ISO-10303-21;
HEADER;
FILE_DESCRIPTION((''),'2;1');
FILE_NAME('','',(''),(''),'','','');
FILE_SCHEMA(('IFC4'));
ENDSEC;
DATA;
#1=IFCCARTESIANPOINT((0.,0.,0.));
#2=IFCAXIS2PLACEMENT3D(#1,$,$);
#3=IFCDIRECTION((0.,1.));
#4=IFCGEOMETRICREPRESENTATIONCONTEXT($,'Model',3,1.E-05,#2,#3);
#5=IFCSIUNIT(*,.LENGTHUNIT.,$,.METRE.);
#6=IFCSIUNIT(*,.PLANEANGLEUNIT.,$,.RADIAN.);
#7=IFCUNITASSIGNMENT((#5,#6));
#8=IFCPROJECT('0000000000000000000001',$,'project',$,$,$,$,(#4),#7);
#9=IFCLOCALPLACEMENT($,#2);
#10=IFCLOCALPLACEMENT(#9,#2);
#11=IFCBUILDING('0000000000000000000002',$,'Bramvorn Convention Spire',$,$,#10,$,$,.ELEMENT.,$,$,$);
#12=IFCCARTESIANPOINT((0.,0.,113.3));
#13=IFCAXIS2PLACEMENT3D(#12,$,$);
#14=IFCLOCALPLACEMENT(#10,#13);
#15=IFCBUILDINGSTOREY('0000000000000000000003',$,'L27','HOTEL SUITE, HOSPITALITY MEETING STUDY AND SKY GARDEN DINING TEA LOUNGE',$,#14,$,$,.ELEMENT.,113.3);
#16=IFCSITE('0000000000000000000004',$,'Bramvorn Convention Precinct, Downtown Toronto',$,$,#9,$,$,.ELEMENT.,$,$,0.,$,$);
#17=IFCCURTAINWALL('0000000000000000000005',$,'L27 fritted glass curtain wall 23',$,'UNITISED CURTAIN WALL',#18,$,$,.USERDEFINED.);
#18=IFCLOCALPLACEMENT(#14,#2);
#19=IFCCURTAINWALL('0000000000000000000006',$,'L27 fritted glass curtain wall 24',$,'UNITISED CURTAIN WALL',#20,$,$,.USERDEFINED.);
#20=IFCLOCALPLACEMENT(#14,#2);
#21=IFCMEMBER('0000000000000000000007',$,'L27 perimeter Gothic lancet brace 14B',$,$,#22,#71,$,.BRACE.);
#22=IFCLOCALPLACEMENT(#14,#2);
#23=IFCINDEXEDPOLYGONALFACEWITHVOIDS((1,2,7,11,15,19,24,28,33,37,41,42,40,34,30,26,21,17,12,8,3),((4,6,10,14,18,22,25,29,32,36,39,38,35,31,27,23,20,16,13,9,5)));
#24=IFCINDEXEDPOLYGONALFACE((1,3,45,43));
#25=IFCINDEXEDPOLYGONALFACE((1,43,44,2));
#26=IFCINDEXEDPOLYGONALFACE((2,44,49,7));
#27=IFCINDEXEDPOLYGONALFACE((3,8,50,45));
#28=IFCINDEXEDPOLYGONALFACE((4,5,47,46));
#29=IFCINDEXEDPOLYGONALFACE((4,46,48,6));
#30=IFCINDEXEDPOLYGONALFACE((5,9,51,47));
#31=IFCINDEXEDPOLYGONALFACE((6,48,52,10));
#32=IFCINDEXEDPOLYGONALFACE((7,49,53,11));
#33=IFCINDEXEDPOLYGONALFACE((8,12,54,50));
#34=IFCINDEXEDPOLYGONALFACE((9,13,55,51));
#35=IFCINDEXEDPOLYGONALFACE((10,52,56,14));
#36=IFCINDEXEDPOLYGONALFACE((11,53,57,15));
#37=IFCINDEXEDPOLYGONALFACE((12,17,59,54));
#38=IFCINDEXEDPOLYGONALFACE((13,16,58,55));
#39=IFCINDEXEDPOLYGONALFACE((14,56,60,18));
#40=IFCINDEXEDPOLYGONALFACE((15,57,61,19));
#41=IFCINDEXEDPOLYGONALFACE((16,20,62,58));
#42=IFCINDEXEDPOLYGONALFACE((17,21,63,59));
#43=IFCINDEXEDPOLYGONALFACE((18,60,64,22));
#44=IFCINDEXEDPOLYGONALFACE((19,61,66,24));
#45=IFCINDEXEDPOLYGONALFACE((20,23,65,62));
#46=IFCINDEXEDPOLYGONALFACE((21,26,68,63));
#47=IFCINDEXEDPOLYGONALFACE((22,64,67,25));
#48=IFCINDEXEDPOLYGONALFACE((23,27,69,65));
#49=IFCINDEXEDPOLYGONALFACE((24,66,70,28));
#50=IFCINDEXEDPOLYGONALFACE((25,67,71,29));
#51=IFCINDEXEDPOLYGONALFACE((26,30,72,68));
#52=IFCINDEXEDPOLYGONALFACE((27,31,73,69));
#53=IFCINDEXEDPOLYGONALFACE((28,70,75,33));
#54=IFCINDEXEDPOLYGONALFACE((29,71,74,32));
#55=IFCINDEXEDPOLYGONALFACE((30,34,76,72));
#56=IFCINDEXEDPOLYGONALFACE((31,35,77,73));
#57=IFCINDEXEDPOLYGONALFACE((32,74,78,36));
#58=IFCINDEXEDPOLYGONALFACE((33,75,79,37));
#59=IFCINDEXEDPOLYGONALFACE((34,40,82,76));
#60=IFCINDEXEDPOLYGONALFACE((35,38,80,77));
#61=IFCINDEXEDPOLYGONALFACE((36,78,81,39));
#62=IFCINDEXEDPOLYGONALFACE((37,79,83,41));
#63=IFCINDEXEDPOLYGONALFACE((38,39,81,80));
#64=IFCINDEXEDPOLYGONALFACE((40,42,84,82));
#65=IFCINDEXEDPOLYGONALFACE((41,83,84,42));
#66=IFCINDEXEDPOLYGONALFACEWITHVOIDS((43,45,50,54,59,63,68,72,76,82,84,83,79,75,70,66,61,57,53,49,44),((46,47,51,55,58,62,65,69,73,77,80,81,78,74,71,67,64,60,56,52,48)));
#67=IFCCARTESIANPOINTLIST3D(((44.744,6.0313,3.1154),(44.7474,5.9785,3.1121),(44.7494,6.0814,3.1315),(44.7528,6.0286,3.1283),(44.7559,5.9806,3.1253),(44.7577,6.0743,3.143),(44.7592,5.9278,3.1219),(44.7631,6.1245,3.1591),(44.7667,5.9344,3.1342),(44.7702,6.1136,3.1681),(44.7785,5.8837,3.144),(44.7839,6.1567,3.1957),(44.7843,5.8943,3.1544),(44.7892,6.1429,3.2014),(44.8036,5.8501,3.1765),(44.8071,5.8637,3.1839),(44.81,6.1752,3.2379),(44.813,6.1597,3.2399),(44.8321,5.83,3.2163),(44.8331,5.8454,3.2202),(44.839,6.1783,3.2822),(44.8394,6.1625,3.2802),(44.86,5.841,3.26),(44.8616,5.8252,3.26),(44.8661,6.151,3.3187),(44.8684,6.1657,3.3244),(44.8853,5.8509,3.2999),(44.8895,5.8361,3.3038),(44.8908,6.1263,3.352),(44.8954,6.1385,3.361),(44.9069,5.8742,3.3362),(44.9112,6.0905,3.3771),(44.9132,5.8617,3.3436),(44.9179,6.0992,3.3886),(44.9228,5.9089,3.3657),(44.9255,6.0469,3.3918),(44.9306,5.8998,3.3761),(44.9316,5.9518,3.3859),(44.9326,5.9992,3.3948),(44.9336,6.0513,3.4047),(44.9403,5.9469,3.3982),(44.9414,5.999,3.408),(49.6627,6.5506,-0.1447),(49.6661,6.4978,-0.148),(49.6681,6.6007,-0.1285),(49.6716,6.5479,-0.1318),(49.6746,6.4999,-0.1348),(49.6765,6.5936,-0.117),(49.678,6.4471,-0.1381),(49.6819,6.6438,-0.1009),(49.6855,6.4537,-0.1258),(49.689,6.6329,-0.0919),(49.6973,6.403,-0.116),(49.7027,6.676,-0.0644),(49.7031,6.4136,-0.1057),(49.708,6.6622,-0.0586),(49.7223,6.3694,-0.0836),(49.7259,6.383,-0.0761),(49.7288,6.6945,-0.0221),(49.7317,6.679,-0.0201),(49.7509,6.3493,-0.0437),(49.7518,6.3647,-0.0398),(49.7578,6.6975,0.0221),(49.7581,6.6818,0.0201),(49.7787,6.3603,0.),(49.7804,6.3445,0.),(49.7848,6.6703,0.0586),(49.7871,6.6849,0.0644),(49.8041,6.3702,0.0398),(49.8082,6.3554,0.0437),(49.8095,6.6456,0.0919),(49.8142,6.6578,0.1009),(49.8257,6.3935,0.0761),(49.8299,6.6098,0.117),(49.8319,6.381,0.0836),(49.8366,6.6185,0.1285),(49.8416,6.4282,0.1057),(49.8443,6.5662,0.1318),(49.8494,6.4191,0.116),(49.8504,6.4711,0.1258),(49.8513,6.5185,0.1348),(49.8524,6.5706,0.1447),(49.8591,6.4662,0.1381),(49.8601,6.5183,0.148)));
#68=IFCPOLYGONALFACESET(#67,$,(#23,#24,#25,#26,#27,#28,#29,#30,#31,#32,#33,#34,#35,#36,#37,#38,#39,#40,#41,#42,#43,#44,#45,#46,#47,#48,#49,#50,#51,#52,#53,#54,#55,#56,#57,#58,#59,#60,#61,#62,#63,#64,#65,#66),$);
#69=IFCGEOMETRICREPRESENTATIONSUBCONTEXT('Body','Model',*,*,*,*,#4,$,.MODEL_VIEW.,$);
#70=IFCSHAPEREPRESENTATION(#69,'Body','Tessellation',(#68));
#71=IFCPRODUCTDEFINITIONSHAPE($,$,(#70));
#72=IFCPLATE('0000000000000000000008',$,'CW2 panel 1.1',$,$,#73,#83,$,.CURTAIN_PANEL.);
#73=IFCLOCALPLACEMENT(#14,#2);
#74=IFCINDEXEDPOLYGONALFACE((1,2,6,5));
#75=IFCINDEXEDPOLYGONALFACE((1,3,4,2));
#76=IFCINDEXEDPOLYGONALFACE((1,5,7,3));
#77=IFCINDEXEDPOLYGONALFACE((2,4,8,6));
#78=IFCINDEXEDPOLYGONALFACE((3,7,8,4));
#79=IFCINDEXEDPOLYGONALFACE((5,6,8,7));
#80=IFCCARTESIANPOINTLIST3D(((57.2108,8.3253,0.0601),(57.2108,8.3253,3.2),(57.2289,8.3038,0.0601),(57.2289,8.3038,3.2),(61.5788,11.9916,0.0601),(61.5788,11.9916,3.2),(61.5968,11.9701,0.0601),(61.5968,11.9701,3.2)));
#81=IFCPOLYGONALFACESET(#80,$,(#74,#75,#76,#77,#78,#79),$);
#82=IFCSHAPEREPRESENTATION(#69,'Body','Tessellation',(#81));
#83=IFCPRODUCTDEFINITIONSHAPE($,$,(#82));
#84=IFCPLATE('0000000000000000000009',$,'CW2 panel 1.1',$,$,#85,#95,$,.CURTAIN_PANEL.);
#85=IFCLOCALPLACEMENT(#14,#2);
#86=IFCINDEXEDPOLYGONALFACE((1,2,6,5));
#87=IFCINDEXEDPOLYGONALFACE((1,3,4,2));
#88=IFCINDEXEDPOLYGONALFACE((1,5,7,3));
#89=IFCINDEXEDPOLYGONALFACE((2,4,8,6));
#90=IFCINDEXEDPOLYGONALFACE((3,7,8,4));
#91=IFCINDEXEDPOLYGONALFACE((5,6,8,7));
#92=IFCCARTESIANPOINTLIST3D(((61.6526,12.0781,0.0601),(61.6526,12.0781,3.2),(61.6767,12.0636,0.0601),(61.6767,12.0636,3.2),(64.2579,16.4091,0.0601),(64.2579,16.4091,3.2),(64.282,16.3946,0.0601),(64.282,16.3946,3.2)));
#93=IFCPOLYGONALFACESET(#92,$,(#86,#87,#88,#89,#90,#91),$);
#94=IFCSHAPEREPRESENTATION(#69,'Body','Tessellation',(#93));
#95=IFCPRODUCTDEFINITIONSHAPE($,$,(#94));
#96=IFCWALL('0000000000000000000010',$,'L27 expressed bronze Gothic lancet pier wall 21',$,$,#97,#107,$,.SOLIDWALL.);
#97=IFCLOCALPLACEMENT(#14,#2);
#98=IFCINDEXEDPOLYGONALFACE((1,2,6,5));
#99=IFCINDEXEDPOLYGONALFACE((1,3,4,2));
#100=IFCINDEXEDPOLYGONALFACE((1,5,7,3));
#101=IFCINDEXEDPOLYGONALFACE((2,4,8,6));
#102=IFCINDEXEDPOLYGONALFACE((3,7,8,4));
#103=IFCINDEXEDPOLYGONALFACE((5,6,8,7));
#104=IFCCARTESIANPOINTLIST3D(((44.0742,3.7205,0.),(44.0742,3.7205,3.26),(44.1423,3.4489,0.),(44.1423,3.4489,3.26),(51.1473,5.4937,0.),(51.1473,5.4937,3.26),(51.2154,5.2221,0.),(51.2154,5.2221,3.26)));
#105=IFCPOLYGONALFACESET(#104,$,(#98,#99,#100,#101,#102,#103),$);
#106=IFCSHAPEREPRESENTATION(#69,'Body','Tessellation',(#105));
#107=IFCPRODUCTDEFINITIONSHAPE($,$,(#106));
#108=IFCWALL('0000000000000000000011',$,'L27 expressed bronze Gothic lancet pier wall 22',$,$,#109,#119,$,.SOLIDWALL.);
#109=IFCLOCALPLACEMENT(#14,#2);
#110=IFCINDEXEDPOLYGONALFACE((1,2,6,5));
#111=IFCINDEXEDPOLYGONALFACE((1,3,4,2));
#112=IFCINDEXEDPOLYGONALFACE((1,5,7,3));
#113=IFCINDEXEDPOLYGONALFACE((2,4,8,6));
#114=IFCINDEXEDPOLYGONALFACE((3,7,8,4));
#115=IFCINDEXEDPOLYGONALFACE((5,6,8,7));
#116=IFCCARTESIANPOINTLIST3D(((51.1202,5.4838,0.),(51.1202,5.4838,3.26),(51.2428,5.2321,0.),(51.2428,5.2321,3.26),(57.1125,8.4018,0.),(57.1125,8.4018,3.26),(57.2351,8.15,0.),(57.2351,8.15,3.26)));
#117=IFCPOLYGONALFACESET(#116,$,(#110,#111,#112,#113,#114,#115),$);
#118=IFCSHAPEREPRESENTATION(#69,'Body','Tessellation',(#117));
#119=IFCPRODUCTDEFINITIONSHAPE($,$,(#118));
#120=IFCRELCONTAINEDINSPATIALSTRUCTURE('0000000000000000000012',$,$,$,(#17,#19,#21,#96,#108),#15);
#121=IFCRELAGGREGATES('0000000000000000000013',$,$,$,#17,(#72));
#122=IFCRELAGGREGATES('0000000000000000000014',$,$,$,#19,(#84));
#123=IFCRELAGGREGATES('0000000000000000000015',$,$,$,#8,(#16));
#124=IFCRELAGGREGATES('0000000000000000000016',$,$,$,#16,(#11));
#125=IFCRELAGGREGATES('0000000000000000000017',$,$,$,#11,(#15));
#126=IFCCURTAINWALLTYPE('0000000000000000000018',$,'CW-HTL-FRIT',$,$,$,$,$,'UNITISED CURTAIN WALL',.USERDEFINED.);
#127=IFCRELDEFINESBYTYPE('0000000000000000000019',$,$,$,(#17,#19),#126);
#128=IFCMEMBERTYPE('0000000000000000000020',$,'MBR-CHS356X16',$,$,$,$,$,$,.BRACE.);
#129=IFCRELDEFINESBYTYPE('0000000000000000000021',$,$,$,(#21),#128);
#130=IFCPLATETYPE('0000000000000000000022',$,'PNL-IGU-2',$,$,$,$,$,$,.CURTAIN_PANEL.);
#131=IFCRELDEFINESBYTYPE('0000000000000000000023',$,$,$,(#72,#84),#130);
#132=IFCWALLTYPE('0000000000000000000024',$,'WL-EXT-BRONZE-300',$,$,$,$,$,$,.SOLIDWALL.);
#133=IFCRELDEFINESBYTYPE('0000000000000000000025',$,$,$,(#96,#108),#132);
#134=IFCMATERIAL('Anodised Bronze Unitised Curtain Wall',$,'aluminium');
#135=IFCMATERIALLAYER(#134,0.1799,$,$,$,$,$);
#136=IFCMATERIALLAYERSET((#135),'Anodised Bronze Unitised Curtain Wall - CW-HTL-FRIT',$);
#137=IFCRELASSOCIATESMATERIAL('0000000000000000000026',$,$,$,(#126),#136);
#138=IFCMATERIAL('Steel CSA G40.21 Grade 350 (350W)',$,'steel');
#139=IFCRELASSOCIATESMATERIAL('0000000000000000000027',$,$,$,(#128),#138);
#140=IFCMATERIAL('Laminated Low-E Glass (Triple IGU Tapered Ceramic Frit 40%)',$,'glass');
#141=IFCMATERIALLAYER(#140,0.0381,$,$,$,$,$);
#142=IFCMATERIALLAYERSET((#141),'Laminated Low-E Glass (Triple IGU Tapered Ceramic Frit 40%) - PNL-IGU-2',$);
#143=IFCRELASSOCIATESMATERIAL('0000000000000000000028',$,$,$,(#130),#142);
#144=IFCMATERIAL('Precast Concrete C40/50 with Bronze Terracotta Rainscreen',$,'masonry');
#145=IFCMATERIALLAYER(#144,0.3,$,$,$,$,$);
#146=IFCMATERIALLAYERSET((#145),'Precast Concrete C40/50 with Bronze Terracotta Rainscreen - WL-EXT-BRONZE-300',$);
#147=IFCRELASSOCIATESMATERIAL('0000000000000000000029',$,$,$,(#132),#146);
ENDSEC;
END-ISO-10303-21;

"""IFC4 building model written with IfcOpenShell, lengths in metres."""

from ifc_helpers import new_model, si_unit, direction, frame, frame_2d, origin, origin_2d, place, context, subcontext, project, spatial, rectangle, hollow_circle, extrude, material, layer, layer_set, material_profile, profile_set, type_object, element, aggregate, save


model = new_model("IFC4")

# Units and contexts
model_context = context("Model", 3, precision=1e-05, world=origin(), true_north=direction((0.0, 1.0)))
body_context = subcontext(model_context, "Body", "Model", "MODEL_VIEW")
ifc_project = project(units=[si_unit("LENGTHUNIT", "METRE"), si_unit("PLANEANGLEUNIT", "RADIAN")], contexts=[model_context])

# Site, building, storey
site_placement = place(None, origin())
site = spatial("IfcSite", under=ifc_project, at=site_placement, Name="Bramvorn Convention Precinct, Downtown Toronto", CompositionType="ELEMENT", RefElevation=0.0)
building_placement = place(site_placement, origin())
building = spatial("IfcBuilding", under=site, at=building_placement, Name="Bramvorn Convention Spire", CompositionType="ELEMENT")
storey_placement = place(building_placement, frame((0.0, 0.0, 113.3)))
storey = spatial("IfcBuildingStorey", under=building, at=storey_placement, Name="L27", Description="HOTEL SUITE, HOSPITALITY MEETING STUDY AND SKY GARDEN DINING TEA LOUNGE", CompositionType="ELEMENT", Elevation=113.3)

# Shared definitions
ifc_material_1 = material(Name="Steel CSA G40.21 Grade 350 (350W)", Category="steel")

# Curtain wall
ifc_material_2 = material(Name="Anodised Bronze Unitised Curtain Wall", Category="aluminium")
ifc_layer_1 = layer(ifc_material_2, 0.1799)
ifc_layer_set_1 = layer_set([ifc_layer_1], Name="Anodised Bronze Unitised Curtain Wall - CW-HTL-FRIT")
curtain_wall_type = type_object("IfcCurtainWallType", Name="CW-HTL-FRIT", ElementType="UNITISED CURTAIN WALL", PredefinedType="USERDEFINED", material=ifc_layer_set_1)
curtain_wall_1_placement = place(storey_placement, origin())
curtain_wall_1 = element("IfcCurtainWall", 1, at=curtain_wall_1_placement, inside=storey, type_object=curtain_wall_type, Name="L27 fritted glass curtain wall 23", ObjectType="UNITISED CURTAIN WALL", PredefinedType="USERDEFINED")

# Curtain wall
curtain_wall_2_placement = place(storey_placement, origin())
curtain_wall_2 = element("IfcCurtainWall", 2, at=curtain_wall_2_placement, inside=storey, type_object=curtain_wall_type, Name="L27 fritted glass curtain wall 24", ObjectType="UNITISED CURTAIN WALL", PredefinedType="USERDEFINED")

# Member
ifc_material_profile_1 = material_profile(ifc_material_1, hollow_circle(Radius=0.1777, WallThickness=0.0159, at=origin_2d()))
ifc_profile_set_1 = profile_set([ifc_material_profile_1], Name="Steel CSA G40.21 Grade 350 (350W) - CHS356X16")
member_type_1 = type_object("IfcMemberType", Name="MBR-CHS356X16", PredefinedType="BRACE", material=ifc_profile_set_1)
member_1_placement = place(storey_placement, frame((49.7617, 6.5212, 0.0), z_axis=(-0.830334, -0.087662, 0.550328), x_axis=(0.104991, -0.994473, 0.0)))
element("IfcMember", 3, at=member_1_placement, inside=storey, type_object=member_type_1, Name="L27 perimeter Gothic lancet brace 14B", PredefinedType="BRACE", context=body_context, shape_type="SweptSolid", body=[
    extrude(hollow_circle(Radius=0.1777, WallThickness=0.0159, at=origin_2d()), origin(), (0.0, 0.0, 1.0), 5.9238),
])

# Plates
ifc_material_3 = material(Name="Laminated Low-E Glass (Triple IGU Tapered Ceramic Frit 40%)", Category="glass")
ifc_layer_2 = layer(ifc_material_3, 0.0381)
ifc_layer_set_2 = layer_set([ifc_layer_2], Name="Laminated Low-E Glass (Triple IGU Tapered Ceramic Frit 40%) - PNL-IGU-2")
plate_type = type_object("IfcPlateType", Name="PNL-IGU-2", PredefinedType="CURTAIN_PANEL", material=ifc_layer_set_2)
plate_1_placement = place(storey_placement, frame((59.4038, 10.1477, 0.0601), z_axis=(0.0, 0.0, 1.0), x_axis=(-0.765951, -0.642898, 0.0)))
plate_1 = element("IfcPlate", 4, at=plate_1_placement, type_object=plate_type, Name="CW2 panel 1.1", PredefinedType="CURTAIN_PANEL", context=body_context, shape_type="SweptSolid", body=[
    extrude(rectangle(XDim=5.7026, YDim=0.0281, at=origin_2d()), origin(), (0.0, 0.0, 1.0), 3.1399),
])
aggregate(curtain_wall_1, [plate_1])
plate_2_placement = place(storey_placement, frame((62.9673, 14.2363, 0.0601), z_axis=(0.0, 0.0, 1.0), x_axis=(-0.51547, -0.856907, 0.0)))
plate_2 = element("IfcPlate", 5, at=plate_2_placement, type_object=plate_type, Name="CW2 panel 1.1", PredefinedType="CURTAIN_PANEL", context=body_context, shape_type="SweptSolid", body=[
    extrude(rectangle(XDim=5.0542, YDim=0.0281, at=origin_2d()), origin(), (0.0, 0.0, 1.0), 3.1399),
])
aggregate(curtain_wall_2, [plate_2])

# Walls
ifc_material_4 = material(Name="Precast Concrete C40/50 with Bronze Terracotta Rainscreen", Category="masonry")
ifc_layer_3 = layer(ifc_material_4, 0.3)
ifc_layer_set_3 = layer_set([ifc_layer_3], Name="Precast Concrete C40/50 with Bronze Terracotta Rainscreen - WL-EXT-BRONZE-300")
wall_type = type_object("IfcWallType", Name="WL-EXT-BRONZE-300", PredefinedType="SOLIDWALL", material=ifc_layer_set_3)
wall_1_placement = place(storey_placement, frame((51.1814, 5.3579, 0.0), z_axis=(0.0, 0.0, 1.0), x_axis=(-0.969983, -0.243174, 0.0)))
element("IfcWall", 6, at=wall_1_placement, inside=storey, type_object=wall_type, Name="L27 expressed bronze Gothic lancet pier wall 21", PredefinedType="SOLIDWALL", context=body_context, shape_type="SweptSolid", body=[
    extrude(rectangle(XDim=7.292, YDim=0.28, at=frame_2d((3.646, 0.0))), origin(), (0.0, 0.0, 1.0), 3.26),
])
wall_2_placement = place(storey_placement, frame((57.1738, 8.2759, 0.0), z_axis=(0.0, 0.0, 1.0), x_axis=(-0.899074, -0.437797, 0.0)))
element("IfcWall", 7, at=wall_2_placement, inside=storey, type_object=wall_type, Name="L27 expressed bronze Gothic lancet pier wall 22", PredefinedType="SOLIDWALL", context=body_context, shape_type="SweptSolid", body=[
    extrude(rectangle(XDim=6.665, YDim=0.28, at=frame_2d((3.3325, 0.0))), origin(), (0.0, 0.0, 1.0), 3.26),
])

save(model, "model.ifc")
